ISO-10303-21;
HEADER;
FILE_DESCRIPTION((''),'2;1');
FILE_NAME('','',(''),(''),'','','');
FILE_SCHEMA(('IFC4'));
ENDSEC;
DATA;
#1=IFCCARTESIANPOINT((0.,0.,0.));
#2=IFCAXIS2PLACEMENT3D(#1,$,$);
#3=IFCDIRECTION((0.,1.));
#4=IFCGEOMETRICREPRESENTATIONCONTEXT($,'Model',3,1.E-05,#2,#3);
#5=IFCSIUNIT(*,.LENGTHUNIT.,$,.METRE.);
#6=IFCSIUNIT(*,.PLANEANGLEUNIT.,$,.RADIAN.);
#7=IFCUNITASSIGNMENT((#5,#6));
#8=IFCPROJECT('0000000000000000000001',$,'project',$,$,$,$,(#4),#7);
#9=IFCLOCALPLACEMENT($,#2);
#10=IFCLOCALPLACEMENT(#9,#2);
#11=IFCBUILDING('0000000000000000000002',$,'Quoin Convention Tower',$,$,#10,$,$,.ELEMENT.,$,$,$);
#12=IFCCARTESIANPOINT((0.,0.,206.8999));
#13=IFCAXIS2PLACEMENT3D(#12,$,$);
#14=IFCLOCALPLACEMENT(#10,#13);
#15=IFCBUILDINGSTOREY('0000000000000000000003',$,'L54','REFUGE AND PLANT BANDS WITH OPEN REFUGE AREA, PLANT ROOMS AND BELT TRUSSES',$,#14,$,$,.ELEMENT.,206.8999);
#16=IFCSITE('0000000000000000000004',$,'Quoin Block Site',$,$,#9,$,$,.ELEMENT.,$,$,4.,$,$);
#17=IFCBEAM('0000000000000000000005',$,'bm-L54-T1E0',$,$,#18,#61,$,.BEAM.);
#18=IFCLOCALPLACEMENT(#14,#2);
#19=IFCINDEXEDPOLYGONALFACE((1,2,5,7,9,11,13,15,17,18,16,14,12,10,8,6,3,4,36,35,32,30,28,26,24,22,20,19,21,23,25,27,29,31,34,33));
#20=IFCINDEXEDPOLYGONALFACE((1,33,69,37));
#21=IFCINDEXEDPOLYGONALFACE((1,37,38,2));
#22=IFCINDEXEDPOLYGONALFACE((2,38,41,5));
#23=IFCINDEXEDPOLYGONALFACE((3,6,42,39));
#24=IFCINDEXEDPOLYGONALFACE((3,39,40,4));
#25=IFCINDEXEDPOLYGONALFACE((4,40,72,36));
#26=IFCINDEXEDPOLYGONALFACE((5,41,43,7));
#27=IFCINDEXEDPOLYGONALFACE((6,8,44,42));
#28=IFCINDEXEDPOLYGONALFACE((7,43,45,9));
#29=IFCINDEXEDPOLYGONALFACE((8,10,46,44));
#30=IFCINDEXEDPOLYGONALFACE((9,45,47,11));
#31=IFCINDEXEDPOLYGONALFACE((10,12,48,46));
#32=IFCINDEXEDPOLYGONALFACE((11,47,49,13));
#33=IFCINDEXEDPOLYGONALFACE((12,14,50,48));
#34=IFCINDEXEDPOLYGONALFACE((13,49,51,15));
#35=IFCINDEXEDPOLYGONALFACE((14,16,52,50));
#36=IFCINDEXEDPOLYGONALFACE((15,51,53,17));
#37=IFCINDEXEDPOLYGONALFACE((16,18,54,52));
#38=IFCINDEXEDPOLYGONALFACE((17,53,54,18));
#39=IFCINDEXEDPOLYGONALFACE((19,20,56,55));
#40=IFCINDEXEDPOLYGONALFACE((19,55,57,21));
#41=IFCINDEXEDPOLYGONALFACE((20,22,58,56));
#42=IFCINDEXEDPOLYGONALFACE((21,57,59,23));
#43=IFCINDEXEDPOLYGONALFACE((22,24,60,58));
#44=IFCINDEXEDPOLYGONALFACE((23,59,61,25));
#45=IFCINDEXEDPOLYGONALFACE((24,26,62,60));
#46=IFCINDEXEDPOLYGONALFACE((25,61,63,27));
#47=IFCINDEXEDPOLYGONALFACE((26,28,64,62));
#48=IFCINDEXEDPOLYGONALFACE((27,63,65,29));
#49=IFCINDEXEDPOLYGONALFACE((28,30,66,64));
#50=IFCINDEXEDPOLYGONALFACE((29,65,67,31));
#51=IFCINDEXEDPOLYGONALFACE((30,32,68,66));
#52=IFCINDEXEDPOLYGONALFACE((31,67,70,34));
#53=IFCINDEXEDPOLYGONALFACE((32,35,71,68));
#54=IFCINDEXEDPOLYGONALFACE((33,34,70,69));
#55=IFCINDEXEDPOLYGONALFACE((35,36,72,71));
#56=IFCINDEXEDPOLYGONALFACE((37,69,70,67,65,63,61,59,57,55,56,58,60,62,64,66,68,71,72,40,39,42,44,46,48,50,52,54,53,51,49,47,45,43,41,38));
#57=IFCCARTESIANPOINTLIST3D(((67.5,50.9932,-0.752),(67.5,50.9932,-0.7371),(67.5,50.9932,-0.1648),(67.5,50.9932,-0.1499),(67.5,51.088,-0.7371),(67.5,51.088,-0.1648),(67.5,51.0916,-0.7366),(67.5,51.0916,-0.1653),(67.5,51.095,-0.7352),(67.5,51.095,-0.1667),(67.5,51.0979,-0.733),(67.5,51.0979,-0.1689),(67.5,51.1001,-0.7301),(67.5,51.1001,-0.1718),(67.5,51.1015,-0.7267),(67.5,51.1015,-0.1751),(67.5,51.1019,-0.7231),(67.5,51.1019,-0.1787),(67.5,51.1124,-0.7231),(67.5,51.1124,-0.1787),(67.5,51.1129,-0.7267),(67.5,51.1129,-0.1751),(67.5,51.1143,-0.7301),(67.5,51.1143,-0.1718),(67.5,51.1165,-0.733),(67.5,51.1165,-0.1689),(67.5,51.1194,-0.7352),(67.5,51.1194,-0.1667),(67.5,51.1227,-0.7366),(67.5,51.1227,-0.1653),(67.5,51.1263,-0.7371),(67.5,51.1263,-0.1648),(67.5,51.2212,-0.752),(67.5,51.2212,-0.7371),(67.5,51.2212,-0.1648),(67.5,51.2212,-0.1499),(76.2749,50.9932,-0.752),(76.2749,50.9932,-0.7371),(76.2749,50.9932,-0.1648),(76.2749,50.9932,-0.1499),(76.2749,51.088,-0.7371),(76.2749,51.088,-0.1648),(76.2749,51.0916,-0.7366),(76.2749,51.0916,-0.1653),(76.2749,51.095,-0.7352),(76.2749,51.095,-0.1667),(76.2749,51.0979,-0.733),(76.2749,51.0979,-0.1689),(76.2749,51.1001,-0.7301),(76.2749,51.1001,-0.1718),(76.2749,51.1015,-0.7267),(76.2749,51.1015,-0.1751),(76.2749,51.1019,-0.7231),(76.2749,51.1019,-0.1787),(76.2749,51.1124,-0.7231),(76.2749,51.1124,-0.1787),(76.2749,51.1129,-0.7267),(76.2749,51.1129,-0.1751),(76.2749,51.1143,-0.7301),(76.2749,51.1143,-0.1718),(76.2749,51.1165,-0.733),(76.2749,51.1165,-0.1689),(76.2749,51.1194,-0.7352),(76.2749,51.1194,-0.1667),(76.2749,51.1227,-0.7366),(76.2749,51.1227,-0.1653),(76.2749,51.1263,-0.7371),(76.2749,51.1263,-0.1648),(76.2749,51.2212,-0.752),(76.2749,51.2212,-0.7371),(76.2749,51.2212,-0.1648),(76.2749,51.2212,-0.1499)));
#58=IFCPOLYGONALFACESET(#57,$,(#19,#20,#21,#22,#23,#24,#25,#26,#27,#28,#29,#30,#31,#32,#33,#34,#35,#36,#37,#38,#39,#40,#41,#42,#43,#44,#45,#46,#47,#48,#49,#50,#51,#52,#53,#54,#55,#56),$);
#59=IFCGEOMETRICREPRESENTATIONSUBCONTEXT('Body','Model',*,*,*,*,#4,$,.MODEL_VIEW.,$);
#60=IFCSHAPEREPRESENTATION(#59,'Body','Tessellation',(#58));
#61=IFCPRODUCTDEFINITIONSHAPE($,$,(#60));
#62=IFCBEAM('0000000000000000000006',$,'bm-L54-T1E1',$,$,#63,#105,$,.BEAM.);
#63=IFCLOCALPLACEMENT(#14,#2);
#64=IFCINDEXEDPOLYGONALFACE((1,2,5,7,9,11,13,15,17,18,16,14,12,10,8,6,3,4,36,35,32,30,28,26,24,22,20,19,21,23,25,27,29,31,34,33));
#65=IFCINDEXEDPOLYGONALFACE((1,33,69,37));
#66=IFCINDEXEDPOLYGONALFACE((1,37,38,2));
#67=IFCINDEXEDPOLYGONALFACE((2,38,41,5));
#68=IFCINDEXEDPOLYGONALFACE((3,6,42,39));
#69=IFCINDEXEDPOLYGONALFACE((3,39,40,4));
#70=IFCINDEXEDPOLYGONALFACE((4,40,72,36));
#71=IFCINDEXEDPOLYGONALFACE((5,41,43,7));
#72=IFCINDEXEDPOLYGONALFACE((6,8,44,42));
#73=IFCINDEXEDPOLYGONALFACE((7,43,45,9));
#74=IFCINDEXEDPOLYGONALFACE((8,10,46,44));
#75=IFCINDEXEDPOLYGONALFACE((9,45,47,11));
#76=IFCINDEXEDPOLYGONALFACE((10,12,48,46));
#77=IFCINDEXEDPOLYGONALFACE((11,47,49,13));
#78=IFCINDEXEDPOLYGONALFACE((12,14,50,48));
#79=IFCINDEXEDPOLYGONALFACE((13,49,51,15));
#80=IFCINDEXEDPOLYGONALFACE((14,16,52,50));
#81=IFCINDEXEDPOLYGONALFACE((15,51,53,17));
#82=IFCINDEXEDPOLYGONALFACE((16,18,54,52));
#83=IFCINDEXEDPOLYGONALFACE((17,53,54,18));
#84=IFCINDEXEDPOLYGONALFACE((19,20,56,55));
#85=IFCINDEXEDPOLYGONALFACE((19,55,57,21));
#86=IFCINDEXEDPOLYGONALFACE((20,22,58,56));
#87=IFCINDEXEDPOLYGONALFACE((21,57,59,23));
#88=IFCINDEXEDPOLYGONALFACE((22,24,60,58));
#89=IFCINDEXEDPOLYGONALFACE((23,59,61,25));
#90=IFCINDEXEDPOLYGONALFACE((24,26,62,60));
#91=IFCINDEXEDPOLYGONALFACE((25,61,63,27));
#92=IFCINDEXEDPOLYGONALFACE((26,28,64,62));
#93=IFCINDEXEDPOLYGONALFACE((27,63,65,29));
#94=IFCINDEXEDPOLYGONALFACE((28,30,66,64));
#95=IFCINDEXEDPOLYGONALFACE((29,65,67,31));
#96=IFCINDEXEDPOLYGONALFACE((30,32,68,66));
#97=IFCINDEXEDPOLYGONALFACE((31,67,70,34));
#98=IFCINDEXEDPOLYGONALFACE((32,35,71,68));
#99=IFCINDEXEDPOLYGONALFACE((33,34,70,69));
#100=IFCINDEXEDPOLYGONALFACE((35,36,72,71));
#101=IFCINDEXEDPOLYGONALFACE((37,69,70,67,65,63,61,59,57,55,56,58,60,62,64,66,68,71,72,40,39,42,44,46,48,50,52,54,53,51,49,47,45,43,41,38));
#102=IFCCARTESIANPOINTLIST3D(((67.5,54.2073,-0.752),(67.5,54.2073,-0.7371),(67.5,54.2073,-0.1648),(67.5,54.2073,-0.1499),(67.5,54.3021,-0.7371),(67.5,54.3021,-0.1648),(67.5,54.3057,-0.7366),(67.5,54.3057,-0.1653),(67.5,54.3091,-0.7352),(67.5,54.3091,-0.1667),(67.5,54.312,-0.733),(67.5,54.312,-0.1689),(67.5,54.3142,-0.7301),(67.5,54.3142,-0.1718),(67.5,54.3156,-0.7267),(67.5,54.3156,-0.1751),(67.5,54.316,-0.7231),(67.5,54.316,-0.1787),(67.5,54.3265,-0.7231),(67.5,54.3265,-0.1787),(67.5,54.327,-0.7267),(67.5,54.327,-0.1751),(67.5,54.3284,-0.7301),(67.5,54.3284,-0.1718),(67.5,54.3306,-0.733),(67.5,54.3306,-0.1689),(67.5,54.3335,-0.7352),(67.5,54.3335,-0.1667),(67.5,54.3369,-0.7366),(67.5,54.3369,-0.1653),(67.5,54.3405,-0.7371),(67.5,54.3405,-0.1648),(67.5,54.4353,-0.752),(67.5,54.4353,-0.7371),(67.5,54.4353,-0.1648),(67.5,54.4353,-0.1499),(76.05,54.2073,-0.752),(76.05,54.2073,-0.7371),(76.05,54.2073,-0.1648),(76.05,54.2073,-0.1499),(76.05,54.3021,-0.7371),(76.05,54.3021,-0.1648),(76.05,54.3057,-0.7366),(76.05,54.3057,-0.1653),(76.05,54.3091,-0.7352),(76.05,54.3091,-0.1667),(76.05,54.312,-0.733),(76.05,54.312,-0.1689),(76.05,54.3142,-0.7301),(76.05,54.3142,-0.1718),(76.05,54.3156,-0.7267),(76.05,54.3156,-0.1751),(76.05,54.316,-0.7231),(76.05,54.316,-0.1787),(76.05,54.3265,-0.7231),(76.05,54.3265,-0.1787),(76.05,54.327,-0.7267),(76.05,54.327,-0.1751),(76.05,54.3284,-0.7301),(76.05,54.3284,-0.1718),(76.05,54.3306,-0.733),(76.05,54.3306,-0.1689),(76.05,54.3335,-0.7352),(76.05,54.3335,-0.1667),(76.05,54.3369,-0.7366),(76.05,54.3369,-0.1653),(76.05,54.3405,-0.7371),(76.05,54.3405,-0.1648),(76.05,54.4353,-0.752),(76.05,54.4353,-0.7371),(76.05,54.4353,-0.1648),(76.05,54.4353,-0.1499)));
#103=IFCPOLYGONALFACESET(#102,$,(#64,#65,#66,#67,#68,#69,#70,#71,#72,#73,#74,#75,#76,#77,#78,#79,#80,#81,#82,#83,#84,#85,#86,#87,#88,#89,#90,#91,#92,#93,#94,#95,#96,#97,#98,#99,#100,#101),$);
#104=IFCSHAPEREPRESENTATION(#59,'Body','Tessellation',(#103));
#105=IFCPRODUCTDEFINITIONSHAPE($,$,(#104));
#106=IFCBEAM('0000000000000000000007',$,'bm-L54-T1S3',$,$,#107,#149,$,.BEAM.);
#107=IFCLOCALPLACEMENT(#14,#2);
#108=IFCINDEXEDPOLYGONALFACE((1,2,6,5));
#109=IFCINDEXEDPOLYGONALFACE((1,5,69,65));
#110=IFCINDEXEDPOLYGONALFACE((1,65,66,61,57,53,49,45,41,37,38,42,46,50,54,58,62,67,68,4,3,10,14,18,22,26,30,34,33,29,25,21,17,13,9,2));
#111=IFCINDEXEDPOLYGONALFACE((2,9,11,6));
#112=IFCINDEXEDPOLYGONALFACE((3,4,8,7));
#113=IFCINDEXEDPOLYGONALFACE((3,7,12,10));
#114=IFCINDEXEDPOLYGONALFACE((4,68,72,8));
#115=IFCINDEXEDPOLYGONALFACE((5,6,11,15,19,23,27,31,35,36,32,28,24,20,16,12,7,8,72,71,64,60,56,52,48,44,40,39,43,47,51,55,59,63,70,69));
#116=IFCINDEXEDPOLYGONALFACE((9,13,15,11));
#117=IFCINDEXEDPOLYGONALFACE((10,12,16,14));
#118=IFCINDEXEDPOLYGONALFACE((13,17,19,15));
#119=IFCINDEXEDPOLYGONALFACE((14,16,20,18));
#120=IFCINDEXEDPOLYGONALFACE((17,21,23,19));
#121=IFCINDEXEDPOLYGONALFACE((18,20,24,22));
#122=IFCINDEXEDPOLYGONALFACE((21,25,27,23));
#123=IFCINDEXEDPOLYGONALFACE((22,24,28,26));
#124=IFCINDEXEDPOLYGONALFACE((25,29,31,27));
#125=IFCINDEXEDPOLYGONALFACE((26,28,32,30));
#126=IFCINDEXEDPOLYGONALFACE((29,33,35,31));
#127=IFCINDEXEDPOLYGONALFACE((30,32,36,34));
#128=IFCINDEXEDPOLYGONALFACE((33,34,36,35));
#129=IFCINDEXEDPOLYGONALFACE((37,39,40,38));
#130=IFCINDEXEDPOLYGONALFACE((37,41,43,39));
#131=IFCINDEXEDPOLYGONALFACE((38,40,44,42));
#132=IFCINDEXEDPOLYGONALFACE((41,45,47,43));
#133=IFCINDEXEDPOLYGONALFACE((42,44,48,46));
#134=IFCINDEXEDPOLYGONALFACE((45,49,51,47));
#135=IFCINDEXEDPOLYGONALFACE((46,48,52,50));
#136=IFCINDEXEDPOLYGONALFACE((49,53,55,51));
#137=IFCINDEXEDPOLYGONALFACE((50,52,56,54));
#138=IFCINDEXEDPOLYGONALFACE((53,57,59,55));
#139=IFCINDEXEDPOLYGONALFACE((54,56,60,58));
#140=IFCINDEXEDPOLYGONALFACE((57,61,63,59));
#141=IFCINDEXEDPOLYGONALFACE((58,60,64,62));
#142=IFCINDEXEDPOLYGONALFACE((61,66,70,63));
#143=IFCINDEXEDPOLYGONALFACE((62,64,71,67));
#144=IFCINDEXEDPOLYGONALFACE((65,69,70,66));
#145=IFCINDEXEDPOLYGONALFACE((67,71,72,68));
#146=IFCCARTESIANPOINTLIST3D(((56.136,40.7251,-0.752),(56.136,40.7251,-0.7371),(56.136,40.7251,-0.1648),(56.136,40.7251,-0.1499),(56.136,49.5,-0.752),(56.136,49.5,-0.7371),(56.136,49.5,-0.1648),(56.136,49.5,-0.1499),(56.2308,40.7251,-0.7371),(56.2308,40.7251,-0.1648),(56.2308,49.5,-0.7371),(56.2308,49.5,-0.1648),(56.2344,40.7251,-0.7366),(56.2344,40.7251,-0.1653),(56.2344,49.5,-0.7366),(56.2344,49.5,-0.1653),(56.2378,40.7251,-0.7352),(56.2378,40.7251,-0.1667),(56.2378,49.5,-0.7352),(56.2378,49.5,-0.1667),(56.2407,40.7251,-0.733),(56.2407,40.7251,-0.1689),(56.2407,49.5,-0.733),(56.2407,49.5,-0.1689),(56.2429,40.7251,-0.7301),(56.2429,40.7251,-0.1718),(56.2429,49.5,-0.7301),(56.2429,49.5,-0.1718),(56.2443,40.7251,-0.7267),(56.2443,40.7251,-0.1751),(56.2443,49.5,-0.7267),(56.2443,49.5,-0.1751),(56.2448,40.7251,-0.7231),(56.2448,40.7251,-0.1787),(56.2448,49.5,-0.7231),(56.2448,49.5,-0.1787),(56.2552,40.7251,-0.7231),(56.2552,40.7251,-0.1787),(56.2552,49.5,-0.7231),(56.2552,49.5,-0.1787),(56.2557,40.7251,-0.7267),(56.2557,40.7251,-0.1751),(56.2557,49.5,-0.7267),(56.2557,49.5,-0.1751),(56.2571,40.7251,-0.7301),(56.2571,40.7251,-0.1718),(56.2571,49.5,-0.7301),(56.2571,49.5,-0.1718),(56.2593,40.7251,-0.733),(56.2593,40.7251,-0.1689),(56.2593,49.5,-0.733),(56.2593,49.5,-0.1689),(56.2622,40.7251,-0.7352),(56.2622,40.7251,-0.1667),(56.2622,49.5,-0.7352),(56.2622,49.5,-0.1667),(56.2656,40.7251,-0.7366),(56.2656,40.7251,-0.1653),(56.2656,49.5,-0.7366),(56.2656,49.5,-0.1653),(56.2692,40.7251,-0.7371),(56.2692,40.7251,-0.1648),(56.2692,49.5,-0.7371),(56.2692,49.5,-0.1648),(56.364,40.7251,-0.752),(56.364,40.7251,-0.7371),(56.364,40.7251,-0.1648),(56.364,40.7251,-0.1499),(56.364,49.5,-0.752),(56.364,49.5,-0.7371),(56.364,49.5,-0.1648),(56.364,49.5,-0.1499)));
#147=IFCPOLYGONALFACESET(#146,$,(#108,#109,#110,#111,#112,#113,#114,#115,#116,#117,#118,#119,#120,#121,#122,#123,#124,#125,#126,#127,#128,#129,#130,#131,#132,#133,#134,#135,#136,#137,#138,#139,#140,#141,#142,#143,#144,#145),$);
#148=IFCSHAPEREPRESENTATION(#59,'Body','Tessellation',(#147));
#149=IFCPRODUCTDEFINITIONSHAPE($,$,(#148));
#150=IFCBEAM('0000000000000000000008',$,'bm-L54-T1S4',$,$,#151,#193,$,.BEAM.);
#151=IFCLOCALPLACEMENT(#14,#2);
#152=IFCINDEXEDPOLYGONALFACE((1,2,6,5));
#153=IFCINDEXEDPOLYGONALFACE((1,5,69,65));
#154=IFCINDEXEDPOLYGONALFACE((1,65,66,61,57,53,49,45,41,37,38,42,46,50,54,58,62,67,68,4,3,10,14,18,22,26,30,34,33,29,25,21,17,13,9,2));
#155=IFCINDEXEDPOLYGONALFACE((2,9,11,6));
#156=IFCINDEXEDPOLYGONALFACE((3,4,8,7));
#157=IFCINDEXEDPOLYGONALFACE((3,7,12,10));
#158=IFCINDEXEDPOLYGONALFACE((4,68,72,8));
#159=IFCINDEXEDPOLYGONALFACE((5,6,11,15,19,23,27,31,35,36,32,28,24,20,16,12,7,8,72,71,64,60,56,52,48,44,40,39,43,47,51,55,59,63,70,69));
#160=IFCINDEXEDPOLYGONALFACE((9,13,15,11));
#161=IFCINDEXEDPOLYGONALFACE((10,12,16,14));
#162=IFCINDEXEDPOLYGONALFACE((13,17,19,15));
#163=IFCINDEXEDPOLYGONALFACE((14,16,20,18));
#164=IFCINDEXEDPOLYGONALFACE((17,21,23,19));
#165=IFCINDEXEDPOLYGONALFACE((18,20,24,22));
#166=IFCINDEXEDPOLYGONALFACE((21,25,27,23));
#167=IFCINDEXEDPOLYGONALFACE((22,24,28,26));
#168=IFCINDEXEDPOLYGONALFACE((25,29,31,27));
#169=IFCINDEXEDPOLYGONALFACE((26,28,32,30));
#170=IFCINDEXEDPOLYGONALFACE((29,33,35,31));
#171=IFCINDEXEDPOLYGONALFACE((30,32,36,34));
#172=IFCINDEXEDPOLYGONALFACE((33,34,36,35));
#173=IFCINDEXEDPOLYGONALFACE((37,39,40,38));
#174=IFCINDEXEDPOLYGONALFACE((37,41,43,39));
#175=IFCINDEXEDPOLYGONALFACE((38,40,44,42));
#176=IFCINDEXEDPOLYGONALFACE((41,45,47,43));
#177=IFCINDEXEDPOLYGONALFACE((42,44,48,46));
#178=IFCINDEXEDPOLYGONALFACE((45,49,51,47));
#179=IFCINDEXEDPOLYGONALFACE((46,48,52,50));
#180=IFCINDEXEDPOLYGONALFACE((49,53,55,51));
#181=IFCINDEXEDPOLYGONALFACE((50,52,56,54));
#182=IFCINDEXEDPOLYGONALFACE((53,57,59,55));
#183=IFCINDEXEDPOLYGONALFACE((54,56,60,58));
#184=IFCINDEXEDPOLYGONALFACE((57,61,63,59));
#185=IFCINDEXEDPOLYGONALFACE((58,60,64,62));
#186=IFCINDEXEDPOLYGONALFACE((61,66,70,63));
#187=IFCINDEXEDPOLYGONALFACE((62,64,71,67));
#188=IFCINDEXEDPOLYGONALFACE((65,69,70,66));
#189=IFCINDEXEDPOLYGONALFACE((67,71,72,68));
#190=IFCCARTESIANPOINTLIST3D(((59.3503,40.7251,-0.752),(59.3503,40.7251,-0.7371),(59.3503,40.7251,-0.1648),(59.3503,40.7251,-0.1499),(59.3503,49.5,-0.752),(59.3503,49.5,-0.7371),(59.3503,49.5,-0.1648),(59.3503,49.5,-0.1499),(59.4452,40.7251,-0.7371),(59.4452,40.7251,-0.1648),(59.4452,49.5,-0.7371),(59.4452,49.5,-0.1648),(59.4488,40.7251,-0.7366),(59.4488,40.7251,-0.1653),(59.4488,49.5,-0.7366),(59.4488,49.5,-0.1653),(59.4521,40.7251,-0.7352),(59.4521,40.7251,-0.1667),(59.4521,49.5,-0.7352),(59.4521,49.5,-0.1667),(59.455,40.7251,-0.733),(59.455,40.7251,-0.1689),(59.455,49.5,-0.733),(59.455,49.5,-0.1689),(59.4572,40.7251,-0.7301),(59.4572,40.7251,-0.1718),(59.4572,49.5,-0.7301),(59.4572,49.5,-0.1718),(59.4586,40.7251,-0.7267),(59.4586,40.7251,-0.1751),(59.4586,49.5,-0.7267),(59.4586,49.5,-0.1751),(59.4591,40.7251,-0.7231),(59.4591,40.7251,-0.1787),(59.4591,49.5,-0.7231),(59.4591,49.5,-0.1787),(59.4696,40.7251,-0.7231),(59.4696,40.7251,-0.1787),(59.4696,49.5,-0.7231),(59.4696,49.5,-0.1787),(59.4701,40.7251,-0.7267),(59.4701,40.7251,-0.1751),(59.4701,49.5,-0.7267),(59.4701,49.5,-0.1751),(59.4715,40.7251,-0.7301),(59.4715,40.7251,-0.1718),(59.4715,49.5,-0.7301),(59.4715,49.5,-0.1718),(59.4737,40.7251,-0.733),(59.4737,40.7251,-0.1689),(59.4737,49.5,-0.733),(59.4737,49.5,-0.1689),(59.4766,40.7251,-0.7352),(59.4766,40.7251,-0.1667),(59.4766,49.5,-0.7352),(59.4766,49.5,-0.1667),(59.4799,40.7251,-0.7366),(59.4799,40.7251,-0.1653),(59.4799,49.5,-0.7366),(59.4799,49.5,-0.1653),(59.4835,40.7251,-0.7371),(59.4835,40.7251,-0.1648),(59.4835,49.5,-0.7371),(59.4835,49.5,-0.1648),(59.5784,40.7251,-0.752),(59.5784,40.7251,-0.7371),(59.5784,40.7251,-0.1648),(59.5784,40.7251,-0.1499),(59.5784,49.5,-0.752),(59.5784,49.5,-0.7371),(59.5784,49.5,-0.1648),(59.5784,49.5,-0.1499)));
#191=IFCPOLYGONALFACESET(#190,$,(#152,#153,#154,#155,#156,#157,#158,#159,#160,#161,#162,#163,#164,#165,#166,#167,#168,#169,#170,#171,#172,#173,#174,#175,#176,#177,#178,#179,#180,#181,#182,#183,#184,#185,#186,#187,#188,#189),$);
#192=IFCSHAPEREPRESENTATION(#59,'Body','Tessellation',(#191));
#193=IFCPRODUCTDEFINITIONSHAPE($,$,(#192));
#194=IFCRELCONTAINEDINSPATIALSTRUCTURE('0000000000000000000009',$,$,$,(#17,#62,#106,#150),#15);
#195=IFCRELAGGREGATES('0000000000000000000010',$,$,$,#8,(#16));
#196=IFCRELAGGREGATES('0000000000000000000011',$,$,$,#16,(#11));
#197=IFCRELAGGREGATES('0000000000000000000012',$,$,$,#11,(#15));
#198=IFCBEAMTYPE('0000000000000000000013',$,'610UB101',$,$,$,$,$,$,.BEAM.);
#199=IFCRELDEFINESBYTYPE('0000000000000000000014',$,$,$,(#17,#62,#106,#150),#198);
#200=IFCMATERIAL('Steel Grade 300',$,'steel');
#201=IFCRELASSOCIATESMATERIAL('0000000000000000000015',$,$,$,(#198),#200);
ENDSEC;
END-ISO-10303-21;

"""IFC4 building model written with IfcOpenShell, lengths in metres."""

from ifc_helpers import new_model, si_unit, direction, frame, origin, origin_2d, place, context, subcontext, project, spatial, i_section, extrude, material, material_profile, profile_set, type_object, element, save


model = new_model("IFC4")

# Units and contexts
model_context = context("Model", 3, precision=1e-05, world=origin(), true_north=direction((0.0, 1.0)))
body_context = subcontext(model_context, "Body", "Model", "MODEL_VIEW")
ifc_project = project(units=[si_unit("LENGTHUNIT", "METRE"), si_unit("PLANEANGLEUNIT", "RADIAN")], contexts=[model_context])

# Site, building, storey
site_placement = place(None, origin())
site = spatial("IfcSite", under=ifc_project, at=site_placement, Name="Quoin Block Site", CompositionType="ELEMENT", RefElevation=4.0)
building_placement = place(site_placement, origin())
building = spatial("IfcBuilding", under=site, at=building_placement, Name="Quoin Convention Tower", CompositionType="ELEMENT")
storey_placement = place(building_placement, frame((0.0, 0.0, 206.8999)))
storey = spatial("IfcBuildingStorey", under=building, at=storey_placement, Name="L54", Description="REFUGE AND PLANT BANDS WITH OPEN REFUGE AREA, PLANT ROOMS AND BELT TRUSSES", CompositionType="ELEMENT", Elevation=206.8999)

# Shared definitions
ifc_material_1 = material(Name="Steel Grade 300", Category="steel")

# Beams
ifc_material_profile_1 = material_profile(ifc_material_1, i_section(OverallWidth=0.228, OverallDepth=0.6021, WebThickness=0.0105, FlangeThickness=0.0149, FilletRadius=0.0139, at=origin_2d()), Name="610UB101")
ifc_profile_set_1 = profile_set([ifc_material_profile_1], Name="Steel Grade 300")
beam_type_1 = type_object("IfcBeamType", Name="610UB101", PredefinedType="BEAM", material=ifc_profile_set_1)
beam_1_placement = place(storey_placement, frame((67.5, 51.1072, -0.4509), z_axis=(1.0, 0.0, 0.0), x_axis=(0.0, 1.0, 0.0)))
element("IfcBeam", 1, at=beam_1_placement, inside=storey, type_object=beam_type_1, Name="bm-L54-T1E0", PredefinedType="BEAM", context=body_context, shape_type="SweptSolid", body=[
    extrude(i_section(OverallWidth=0.228, OverallDepth=0.6021, WebThickness=0.0105, FlangeThickness=0.0149, FilletRadius=0.0139, at=origin_2d()), origin(), (0.0, 0.0, 1.0), 8.7749),
])
beam_2_placement = place(storey_placement, frame((67.5, 54.3213, -0.4509), z_axis=(1.0, 0.0, 0.0), x_axis=(0.0, 1.0, 0.0)))
element("IfcBeam", 2, at=beam_2_placement, inside=storey, type_object=beam_type_1, Name="bm-L54-T1E1", PredefinedType="BEAM", context=body_context, shape_type="SweptSolid", body=[
    extrude(i_section(OverallWidth=0.228, OverallDepth=0.6021, WebThickness=0.0105, FlangeThickness=0.0149, FilletRadius=0.0139, at=origin_2d()), origin(), (0.0, 0.0, 1.0), 8.55),
])
for number, where, z_axis, x_axis, name in (
    (3, (56.25, 40.7251, -0.4509), (0.0, 1.0, 0.0), (-1.0, 0.0, 0.0), "bm-L54-T1S3"),
    (4, (59.4644, 40.7251, -0.4509), (0.0, 1.0, 0.0), (-1.0, 0.0, 0.0), "bm-L54-T1S4"),
):
    element("IfcBeam", number, at=place(storey_placement, frame(where, z_axis=z_axis, x_axis=x_axis)), inside=storey, type_object=beam_type_1, Name=name, PredefinedType="BEAM", context=body_context, shape_type="SweptSolid", body=[
        extrude(i_section(OverallWidth=0.228, OverallDepth=0.6021, WebThickness=0.0105, FlangeThickness=0.0149, FilletRadius=0.0139, at=origin_2d()), origin(), (0.0, 0.0, 1.0), 8.7749),
    ])

save(model, "model.ifc")
